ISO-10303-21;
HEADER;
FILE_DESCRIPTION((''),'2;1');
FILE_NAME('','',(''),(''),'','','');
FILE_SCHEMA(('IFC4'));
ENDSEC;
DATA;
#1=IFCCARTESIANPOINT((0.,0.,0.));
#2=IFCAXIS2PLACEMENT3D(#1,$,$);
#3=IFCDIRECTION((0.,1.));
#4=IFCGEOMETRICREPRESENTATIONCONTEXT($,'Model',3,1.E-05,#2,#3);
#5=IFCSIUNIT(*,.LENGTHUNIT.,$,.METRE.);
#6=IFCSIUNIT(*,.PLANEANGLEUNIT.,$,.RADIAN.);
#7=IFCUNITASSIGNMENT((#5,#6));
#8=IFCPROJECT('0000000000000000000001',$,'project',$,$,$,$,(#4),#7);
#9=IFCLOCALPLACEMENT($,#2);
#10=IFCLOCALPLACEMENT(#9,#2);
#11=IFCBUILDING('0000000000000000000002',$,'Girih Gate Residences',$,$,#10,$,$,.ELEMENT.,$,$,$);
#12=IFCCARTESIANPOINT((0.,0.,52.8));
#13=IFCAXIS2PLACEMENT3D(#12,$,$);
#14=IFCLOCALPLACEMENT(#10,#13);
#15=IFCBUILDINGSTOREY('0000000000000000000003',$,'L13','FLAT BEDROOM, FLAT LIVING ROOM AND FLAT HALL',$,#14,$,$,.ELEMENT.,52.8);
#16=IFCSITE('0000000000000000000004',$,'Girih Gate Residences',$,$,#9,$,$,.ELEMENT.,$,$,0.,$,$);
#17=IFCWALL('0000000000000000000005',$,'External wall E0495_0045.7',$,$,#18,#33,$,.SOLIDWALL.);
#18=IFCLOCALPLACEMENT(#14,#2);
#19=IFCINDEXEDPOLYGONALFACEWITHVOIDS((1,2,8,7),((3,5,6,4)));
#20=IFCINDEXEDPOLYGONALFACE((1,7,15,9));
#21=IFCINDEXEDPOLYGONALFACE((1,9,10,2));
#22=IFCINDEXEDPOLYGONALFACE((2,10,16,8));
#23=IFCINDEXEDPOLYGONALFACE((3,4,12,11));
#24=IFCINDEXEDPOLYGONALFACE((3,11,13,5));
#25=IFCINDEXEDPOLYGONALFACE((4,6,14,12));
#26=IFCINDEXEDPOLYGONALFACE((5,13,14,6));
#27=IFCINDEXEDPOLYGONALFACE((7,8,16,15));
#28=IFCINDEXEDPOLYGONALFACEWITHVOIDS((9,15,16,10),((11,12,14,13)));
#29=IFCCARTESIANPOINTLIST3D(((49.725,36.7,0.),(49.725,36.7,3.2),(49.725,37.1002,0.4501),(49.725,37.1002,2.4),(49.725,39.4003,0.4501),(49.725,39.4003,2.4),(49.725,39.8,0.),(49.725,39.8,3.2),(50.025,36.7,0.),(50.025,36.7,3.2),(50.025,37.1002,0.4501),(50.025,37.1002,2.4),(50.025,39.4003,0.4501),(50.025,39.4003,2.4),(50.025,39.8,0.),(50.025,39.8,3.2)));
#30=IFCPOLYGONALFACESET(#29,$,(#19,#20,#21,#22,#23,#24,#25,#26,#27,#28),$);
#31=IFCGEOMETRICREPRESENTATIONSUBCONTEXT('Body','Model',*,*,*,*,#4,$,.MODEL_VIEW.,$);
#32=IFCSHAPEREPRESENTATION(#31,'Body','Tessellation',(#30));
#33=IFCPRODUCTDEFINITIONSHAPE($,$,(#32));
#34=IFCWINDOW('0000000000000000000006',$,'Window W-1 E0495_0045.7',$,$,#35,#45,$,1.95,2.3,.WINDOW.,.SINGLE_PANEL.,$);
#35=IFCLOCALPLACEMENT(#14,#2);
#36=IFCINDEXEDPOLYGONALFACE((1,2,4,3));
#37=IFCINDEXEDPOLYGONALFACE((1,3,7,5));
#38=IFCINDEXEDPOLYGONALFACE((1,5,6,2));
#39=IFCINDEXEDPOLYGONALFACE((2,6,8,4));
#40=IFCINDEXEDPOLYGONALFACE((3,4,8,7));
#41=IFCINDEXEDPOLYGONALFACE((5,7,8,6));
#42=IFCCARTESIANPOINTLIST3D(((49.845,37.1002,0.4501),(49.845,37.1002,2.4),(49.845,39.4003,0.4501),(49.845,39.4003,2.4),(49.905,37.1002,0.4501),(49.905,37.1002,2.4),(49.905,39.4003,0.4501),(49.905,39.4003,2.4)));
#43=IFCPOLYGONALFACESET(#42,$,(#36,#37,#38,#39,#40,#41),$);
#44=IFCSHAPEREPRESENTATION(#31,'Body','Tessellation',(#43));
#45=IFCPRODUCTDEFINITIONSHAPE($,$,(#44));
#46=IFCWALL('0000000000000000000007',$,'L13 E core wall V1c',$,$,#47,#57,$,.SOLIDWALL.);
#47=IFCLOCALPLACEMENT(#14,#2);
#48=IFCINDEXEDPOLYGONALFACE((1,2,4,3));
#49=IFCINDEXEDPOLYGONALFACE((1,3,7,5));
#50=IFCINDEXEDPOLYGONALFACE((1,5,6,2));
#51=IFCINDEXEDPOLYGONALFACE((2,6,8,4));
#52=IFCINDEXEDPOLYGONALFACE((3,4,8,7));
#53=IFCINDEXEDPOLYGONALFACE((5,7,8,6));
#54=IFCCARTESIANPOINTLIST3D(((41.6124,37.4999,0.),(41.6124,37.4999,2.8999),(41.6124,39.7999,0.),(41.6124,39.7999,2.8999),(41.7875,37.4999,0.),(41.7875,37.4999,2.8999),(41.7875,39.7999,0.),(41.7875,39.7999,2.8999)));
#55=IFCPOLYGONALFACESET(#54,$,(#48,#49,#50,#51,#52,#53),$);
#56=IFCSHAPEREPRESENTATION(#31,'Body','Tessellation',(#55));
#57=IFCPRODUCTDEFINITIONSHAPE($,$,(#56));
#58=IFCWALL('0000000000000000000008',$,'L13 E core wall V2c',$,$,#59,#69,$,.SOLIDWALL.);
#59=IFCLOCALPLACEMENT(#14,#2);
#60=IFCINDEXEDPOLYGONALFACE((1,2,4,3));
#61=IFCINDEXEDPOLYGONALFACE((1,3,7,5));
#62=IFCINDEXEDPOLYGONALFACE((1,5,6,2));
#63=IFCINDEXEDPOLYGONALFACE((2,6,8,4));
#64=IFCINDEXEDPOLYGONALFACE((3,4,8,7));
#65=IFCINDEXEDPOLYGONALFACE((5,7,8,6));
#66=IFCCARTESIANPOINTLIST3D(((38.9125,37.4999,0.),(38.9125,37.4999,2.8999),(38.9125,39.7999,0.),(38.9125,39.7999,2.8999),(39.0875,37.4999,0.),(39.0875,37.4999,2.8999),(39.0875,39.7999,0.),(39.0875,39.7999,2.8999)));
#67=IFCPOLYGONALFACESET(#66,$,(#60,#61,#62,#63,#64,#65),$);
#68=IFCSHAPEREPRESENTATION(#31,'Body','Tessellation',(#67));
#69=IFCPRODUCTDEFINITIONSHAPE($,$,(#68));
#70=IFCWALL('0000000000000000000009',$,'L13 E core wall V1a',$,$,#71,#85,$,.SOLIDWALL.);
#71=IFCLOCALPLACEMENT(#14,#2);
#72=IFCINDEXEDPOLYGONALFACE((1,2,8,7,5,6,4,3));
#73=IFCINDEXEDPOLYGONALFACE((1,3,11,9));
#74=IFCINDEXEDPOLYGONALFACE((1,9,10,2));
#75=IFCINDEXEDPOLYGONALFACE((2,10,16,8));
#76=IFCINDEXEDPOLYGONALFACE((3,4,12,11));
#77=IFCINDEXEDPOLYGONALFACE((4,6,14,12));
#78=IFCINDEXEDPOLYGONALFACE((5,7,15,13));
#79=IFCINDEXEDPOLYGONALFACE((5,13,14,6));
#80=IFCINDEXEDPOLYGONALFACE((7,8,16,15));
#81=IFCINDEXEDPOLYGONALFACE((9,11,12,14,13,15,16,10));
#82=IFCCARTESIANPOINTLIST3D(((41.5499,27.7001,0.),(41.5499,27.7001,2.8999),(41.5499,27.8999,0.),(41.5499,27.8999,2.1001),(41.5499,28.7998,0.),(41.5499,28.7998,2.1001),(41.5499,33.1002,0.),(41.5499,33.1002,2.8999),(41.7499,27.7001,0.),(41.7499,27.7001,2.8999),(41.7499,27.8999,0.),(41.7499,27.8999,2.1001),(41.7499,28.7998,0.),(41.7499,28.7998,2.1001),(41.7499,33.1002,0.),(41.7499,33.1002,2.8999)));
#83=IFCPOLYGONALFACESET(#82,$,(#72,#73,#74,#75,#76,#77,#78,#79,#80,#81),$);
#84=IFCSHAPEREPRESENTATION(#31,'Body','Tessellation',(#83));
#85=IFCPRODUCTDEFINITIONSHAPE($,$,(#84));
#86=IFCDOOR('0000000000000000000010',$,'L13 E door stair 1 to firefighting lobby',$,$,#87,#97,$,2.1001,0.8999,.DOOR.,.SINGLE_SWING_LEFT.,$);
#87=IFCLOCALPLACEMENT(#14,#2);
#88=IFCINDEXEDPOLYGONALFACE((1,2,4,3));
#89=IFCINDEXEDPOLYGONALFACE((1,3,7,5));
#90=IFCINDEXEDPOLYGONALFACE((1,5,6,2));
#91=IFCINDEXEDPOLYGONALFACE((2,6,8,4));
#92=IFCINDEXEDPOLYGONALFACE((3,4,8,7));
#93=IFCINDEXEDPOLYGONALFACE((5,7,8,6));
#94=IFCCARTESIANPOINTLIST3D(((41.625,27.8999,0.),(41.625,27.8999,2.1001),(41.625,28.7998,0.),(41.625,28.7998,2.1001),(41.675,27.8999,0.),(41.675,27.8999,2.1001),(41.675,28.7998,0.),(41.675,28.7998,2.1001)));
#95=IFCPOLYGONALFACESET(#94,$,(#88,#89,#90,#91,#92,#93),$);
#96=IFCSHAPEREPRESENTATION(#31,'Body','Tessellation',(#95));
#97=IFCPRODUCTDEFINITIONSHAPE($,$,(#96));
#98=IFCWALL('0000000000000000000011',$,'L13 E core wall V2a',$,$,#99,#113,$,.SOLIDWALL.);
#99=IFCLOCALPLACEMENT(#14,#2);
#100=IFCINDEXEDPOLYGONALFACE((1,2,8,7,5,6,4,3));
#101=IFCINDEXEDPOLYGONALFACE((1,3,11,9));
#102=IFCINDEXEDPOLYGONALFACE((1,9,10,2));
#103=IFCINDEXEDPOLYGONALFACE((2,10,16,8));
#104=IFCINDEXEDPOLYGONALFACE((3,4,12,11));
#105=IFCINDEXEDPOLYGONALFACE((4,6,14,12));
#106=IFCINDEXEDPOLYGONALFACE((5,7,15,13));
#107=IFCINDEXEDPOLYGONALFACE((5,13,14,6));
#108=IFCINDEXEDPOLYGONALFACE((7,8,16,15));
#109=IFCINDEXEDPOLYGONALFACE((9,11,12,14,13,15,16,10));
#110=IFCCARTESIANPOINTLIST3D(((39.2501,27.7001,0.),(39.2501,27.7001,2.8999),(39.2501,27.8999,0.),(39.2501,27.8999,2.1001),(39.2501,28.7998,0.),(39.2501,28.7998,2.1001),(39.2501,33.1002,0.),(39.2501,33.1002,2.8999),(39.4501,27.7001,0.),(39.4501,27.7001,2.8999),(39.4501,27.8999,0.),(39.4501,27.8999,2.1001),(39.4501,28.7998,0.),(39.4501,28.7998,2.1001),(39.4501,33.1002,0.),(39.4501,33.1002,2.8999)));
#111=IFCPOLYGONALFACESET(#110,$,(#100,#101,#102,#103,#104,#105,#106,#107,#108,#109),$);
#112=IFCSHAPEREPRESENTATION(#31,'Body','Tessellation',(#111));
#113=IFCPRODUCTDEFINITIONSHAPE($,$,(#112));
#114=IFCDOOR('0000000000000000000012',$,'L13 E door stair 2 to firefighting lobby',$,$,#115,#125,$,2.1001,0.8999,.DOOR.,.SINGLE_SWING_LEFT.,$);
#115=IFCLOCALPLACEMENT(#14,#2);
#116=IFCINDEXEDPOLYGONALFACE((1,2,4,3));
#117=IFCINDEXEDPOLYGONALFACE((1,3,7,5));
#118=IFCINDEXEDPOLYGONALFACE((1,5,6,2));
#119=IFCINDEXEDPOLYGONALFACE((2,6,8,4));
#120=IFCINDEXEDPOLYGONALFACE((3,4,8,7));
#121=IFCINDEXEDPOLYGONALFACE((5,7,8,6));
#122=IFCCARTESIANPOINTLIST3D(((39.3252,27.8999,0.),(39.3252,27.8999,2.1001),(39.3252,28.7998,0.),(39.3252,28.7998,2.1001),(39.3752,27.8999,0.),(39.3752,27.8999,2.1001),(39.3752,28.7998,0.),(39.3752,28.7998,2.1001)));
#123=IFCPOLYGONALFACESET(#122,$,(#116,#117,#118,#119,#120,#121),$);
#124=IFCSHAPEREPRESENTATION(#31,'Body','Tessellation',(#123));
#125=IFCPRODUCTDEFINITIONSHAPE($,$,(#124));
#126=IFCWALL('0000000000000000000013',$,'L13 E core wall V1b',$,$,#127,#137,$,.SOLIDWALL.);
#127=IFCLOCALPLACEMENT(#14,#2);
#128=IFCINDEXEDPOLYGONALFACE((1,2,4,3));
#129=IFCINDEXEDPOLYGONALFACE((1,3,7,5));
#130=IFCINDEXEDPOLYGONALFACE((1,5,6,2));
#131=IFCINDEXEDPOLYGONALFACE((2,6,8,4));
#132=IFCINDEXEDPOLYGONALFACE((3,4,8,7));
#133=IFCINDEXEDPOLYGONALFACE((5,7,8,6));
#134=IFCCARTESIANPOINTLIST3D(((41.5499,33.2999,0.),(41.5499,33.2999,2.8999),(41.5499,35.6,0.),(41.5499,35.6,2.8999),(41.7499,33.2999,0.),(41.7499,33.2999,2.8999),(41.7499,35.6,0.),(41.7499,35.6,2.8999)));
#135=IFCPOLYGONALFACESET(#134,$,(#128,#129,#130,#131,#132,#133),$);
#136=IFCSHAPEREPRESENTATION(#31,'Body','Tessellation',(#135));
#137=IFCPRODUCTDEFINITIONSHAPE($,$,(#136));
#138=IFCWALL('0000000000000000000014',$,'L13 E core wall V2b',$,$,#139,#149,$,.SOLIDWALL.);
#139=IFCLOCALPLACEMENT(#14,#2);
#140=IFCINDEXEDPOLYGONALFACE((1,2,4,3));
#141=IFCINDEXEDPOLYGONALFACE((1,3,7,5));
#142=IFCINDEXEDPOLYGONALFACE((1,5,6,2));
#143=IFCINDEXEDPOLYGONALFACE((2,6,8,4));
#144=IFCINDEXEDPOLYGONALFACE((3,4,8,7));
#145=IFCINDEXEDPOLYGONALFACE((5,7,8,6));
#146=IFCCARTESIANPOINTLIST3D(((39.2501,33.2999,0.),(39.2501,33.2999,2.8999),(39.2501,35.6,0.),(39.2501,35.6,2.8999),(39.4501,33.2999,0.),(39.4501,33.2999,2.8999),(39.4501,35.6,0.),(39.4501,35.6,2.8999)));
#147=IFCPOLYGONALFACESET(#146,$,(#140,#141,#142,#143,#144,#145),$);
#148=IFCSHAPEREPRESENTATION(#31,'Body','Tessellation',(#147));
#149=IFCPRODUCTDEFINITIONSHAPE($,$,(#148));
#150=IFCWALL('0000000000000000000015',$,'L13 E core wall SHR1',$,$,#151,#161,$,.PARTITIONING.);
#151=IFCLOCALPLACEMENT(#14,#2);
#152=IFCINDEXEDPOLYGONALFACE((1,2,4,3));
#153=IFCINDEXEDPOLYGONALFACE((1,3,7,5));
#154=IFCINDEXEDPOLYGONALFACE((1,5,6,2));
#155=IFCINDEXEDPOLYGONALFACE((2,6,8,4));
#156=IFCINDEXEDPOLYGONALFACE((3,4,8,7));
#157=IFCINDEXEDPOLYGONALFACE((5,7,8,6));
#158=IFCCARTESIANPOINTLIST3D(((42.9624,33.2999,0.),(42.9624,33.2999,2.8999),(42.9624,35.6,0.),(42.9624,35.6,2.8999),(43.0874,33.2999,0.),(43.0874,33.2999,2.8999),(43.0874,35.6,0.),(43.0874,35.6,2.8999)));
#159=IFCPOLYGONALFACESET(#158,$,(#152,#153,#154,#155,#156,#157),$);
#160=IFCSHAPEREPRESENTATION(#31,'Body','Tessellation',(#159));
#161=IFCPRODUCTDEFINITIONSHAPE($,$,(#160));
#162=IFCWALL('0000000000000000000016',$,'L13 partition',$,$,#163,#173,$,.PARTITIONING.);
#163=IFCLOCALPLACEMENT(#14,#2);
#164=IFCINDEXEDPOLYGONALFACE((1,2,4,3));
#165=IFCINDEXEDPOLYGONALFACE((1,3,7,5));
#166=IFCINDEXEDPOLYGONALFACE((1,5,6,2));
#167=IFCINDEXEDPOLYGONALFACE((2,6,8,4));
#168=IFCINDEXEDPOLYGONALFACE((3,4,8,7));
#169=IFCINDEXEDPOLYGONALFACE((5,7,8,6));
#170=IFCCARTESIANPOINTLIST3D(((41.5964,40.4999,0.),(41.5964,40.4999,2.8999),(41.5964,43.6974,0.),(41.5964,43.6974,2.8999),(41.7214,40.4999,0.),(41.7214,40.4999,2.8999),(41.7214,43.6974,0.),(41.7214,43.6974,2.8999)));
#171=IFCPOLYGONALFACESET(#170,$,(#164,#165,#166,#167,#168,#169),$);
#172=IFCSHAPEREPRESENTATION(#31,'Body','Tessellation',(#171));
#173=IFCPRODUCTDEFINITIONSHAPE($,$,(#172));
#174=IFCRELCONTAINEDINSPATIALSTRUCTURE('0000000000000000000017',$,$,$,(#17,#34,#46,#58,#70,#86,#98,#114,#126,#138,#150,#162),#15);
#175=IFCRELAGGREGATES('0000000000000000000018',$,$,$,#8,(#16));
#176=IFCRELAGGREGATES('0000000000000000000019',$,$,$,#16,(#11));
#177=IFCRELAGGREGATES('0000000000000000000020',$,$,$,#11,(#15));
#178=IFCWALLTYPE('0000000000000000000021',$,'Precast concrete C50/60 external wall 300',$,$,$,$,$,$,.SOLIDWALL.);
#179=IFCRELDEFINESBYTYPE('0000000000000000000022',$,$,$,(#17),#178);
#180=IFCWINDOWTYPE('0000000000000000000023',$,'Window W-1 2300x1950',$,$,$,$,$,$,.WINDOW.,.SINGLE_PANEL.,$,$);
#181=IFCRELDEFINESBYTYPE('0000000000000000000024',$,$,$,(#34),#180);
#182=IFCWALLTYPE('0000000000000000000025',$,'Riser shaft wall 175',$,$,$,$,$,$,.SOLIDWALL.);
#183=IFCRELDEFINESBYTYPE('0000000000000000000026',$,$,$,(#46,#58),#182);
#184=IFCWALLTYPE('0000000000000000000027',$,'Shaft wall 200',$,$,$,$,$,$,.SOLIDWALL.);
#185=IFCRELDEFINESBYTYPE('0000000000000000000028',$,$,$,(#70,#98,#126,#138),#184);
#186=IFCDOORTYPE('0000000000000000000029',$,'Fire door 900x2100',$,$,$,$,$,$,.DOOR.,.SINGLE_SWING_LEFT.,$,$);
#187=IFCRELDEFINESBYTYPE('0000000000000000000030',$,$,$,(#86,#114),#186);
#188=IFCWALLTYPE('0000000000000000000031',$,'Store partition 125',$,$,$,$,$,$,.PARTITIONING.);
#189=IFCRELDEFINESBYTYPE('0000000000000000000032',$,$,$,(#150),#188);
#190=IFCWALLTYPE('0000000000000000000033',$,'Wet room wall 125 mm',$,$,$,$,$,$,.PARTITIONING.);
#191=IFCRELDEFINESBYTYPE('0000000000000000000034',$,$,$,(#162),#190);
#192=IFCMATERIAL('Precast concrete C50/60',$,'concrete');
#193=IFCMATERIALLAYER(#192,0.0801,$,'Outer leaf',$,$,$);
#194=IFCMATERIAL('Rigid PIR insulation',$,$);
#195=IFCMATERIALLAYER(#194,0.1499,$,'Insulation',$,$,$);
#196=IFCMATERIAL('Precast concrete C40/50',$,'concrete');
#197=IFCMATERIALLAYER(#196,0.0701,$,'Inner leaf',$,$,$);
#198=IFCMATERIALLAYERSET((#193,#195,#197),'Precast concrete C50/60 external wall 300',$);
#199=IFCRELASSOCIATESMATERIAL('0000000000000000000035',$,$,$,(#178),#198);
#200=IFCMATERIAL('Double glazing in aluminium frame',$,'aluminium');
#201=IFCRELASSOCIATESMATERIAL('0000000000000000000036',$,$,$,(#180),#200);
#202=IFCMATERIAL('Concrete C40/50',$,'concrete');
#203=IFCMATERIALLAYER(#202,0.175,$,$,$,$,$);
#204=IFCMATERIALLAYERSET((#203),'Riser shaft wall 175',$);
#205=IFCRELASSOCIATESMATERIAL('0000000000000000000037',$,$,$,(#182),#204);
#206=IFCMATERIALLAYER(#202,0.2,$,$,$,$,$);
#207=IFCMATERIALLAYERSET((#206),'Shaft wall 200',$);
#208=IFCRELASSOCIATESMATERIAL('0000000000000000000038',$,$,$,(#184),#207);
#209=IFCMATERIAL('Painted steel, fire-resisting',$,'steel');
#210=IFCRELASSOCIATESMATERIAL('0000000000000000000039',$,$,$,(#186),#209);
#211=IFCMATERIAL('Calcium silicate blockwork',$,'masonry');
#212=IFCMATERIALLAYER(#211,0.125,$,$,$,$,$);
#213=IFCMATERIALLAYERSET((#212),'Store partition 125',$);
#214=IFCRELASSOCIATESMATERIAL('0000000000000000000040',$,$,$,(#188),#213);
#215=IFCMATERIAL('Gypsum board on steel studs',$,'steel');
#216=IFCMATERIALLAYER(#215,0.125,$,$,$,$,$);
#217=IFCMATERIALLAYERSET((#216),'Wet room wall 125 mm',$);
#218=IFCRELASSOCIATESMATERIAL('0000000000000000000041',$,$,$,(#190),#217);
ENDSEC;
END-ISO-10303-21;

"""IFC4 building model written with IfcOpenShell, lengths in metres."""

from ifc_helpers import new_model, si_unit, direction, frame, frame_2d, origin, place, context, subcontext, project, spatial, rectangle, extrude, material, layer, layer_set, type_object, element, fill, save


model = new_model("IFC4")

# Units and contexts
model_context = context("Model", 3, precision=1e-05, world=origin(), true_north=direction((0.0, 1.0)))
body_context = subcontext(model_context, "Body", "Model", "MODEL_VIEW")
ifc_project = project(units=[si_unit("LENGTHUNIT", "METRE"), si_unit("PLANEANGLEUNIT", "RADIAN")], contexts=[model_context])

# Site, building, storey
site_placement = place(None, origin())
site = spatial("IfcSite", under=ifc_project, at=site_placement, Name="Girih Gate Residences", CompositionType="ELEMENT", RefElevation=0.0)
building_placement = place(site_placement, origin())
building = spatial("IfcBuilding", under=site, at=building_placement, Name="Girih Gate Residences", CompositionType="ELEMENT")
storey_placement = place(building_placement, frame((0.0, 0.0, 52.8)))
storey = spatial("IfcBuildingStorey", under=building, at=storey_placement, Name="L13", Description="FLAT BEDROOM, FLAT LIVING ROOM AND FLAT HALL", CompositionType="ELEMENT", Elevation=52.8)

# Shared definitions
ifc_material_1 = material(Name="Gypsum board on steel studs", Category="steel")

# Wall, opening, window
ifc_material_2 = material(Name="Precast concrete C50/60", Category="concrete")
ifc_layer_1 = layer(ifc_material_2, 0.0801, Name="Outer leaf")
ifc_material_3 = material(Name="Rigid PIR insulation")
ifc_layer_2 = layer(ifc_material_3, 0.1499, Name="Insulation")
ifc_material_4 = material(Name="Precast concrete C40/50", Category="concrete")
ifc_layer_3 = layer(ifc_material_4, 0.0701, Name="Inner leaf")
ifc_layer_set_1 = layer_set([ifc_layer_1, ifc_layer_2, ifc_layer_3], Name="Precast concrete C50/60 external wall 300")
wall_type_1 = type_object("IfcWallType", Name="Precast concrete C50/60 external wall 300", PredefinedType="SOLIDWALL", material=ifc_layer_set_1)
ifc_material_5 = material(Name="Double glazing in aluminium frame", Category="aluminium")
window_type = type_object("IfcWindowType", Name="Window W-1 2300x1950", PartitioningType="SINGLE_PANEL", PredefinedType="WINDOW", material=ifc_material_5)
wall_1_placement = place(storey_placement, frame((49.875, 39.8, 0.0), z_axis=(0.0, 0.0, 1.0), x_axis=(0.0, -1.0, 0.0)))
wall_1 = element("IfcWall", 1, at=wall_1_placement, inside=storey, type_object=wall_type_1, Name="External wall E0495_0045.7", PredefinedType="SOLIDWALL", context=body_context, shape_type="SweptSolid", body=[
    extrude(rectangle(XDim=3.1001, YDim=0.3, at=frame_2d((1.55, 0.0))), origin(), (0.0, 0.0, 1.0), 3.2),
])
opening_1_placement = place(wall_1_placement, frame((0.3999, 0.0, 0.45)))
opening_1 = element("IfcOpeningElement", 2, at=opening_1_placement, cuts=wall_1, PredefinedType="OPENING", context=body_context, shape_type="SweptSolid", body=[
    extrude(rectangle(XDim=2.3, YDim=1.95, at=frame_2d((1.1499, 0.9751))), frame((0.0, 0.1599, 0.0), z_axis=(0.0, -1.0, 0.0), x_axis=(1.0, 0.0, 0.0)), (0.0, 0.0, 1.0), 0.3201),
])
window_1_placement = place(opening_1_placement, origin())
window_1 = element("IfcWindow", 3, at=window_1_placement, inside=storey, type_object=window_type, Name="Window W-1 E0495_0045.7", OverallHeight=1.95, OverallWidth=2.3, PartitioningType="SINGLE_PANEL", PredefinedType="WINDOW", context=body_context, shape_type="SweptSolid", body=[
    extrude(rectangle(XDim=2.3, YDim=1.95, at=frame_2d((1.1499, 0.9751))), frame((0.0, 0.03, 0.0), z_axis=(0.0, -1.0, 0.0), x_axis=(1.0, 0.0, 0.0)), (0.0, 0.0, 1.0), 0.0601),
])
fill(opening_1, window_1)

# Walls
ifc_material_6 = material(Name="Concrete C40/50", Category="concrete")
ifc_layer_4 = layer(ifc_material_6, 0.175)
ifc_layer_set_2 = layer_set([ifc_layer_4], Name="Riser shaft wall 175")
wall_type_2 = type_object("IfcWallType", Name="Riser shaft wall 175", PredefinedType="SOLIDWALL", material=ifc_layer_set_2)
for number, where, z_axis, x_axis, name in (
    (4, (41.7, 37.5, 0.0), (0.0, 0.0, 1.0), (0.0, 1.0, 0.0), "L13 E core wall V1c"),
    (5, (39.0, 37.5, 0.0), (0.0, 0.0, 1.0), (0.0, 1.0, 0.0), "L13 E core wall V2c"),
):
    element("IfcWall", number, at=place(storey_placement, frame(where, z_axis=z_axis, x_axis=x_axis)), inside=storey, type_object=wall_type_2, Name=name, PredefinedType="SOLIDWALL", context=body_context, shape_type="SweptSolid", body=[
        extrude(rectangle(XDim=2.3, YDim=0.175, at=frame_2d((1.1499, 0.0))), origin(), (0.0, 0.0, 1.0), 2.8999),
    ])

# Walls, openings, doors
ifc_layer_5 = layer(ifc_material_6, 0.2)
ifc_layer_set_3 = layer_set([ifc_layer_5], Name="Shaft wall 200")
wall_type_3 = type_object("IfcWallType", Name="Shaft wall 200", PredefinedType="SOLIDWALL", material=ifc_layer_set_3)
wall_2_placement = place(storey_placement, frame((41.6499, 27.7, 0.0), z_axis=(0.0, 0.0, 1.0), x_axis=(0.0, 1.0, 0.0)))
wall_2 = element("IfcWall", 6, at=wall_2_placement, inside=storey, type_object=wall_type_3, Name="L13 E core wall V1a", PredefinedType="SOLIDWALL", context=body_context, shape_type="SweptSolid", body=[
    extrude(rectangle(XDim=5.4001, YDim=0.2, at=frame_2d((2.7002, 0.0))), origin(), (0.0, 0.0, 1.0), 2.8999),
])
opening_2_placement = place(wall_2_placement, frame((0.2, 0.0, 0.0)))
opening_2 = element("IfcOpeningElement", 7, at=opening_2_placement, cuts=wall_2, PredefinedType="OPENING", context=body_context, shape_type="SweptSolid", body=[
    extrude(rectangle(XDim=0.8999, YDim=2.1001, at=frame_2d((0.45, 1.05))), frame((0.0, 0.1099, 0.0), z_axis=(0.0, -1.0, 0.0), x_axis=(1.0, 0.0, 0.0)), (0.0, 0.0, 1.0), 0.22),
])
ifc_material_7 = material(Name="Painted steel, fire-resisting", Category="steel")
door_type = type_object("IfcDoorType", Name="Fire door 900x2100", OperationType="SINGLE_SWING_LEFT", PredefinedType="DOOR", material=ifc_material_7)
door_1_placement = place(opening_2_placement, origin())
door_1 = element("IfcDoor", 8, at=door_1_placement, inside=storey, type_object=door_type, Name="L13 E door stair 1 to firefighting lobby", OperationType="SINGLE_SWING_LEFT", OverallHeight=2.1001, OverallWidth=0.8999, PredefinedType="DOOR", context=body_context, shape_type="SweptSolid", body=[
    extrude(rectangle(XDim=0.8999, YDim=2.1001, at=frame_2d((0.45, 1.05))), frame((0.0, 0.0249, 0.0), z_axis=(0.0, -1.0, 0.0), x_axis=(1.0, 0.0, 0.0)), (0.0, 0.0, 1.0), 0.05),
])
fill(opening_2, door_1)
wall_3_placement = place(storey_placement, frame((39.3501, 27.7, 0.0), z_axis=(0.0, 0.0, 1.0), x_axis=(0.0, 1.0, 0.0)))
wall_3 = element("IfcWall", 9, at=wall_3_placement, inside=storey, type_object=wall_type_3, Name="L13 E core wall V2a", PredefinedType="SOLIDWALL", context=body_context, shape_type="SweptSolid", body=[
    extrude(rectangle(XDim=5.4001, YDim=0.2, at=frame_2d((2.7002, 0.0))), origin(), (0.0, 0.0, 1.0), 2.8999),
])
opening_3_placement = place(wall_3_placement, frame((0.2, 0.0, 0.0)))
opening_3 = element("IfcOpeningElement", 10, at=opening_3_placement, cuts=wall_3, PredefinedType="OPENING", context=body_context, shape_type="SweptSolid", body=[
    extrude(rectangle(XDim=0.8999, YDim=2.1001, at=frame_2d((0.45, 1.05))), frame((0.0, 0.1099, 0.0), z_axis=(0.0, -1.0, 0.0), x_axis=(1.0, 0.0, 0.0)), (0.0, 0.0, 1.0), 0.22),
])
door_2_placement = place(opening_3_placement, origin())
door_2 = element("IfcDoor", 11, at=door_2_placement, inside=storey, type_object=door_type, Name="L13 E door stair 2 to firefighting lobby", OperationType="SINGLE_SWING_LEFT", OverallHeight=2.1001, OverallWidth=0.8999, PredefinedType="DOOR", context=body_context, shape_type="SweptSolid", body=[
    extrude(rectangle(XDim=0.8999, YDim=2.1001, at=frame_2d((0.45, 1.05))), frame((0.0, 0.0249, 0.0), z_axis=(0.0, -1.0, 0.0), x_axis=(1.0, 0.0, 0.0)), (0.0, 0.0, 1.0), 0.05),
])
fill(opening_3, door_2)

# Walls
for number, where, z_axis, x_axis, name in (
    (12, (41.6499, 33.3, 0.0), (0.0, 0.0, 1.0), (0.0, 1.0, 0.0), "L13 E core wall V1b"),
    (13, (39.3501, 33.3, 0.0), (0.0, 0.0, 1.0), (0.0, 1.0, 0.0), "L13 E core wall V2b"),
):
    element("IfcWall", number, at=place(storey_placement, frame(where, z_axis=z_axis, x_axis=x_axis)), inside=storey, type_object=wall_type_3, Name=name, PredefinedType="SOLIDWALL", context=body_context, shape_type="SweptSolid", body=[
        extrude(rectangle(XDim=2.3, YDim=0.2, at=frame_2d((1.1499, 0.0))), origin(), (0.0, 0.0, 1.0), 2.8999),
    ])
ifc_material_8 = material(Name="Calcium silicate blockwork", Category="masonry")
ifc_layer_6 = layer(ifc_material_8, 0.125)
ifc_layer_set_4 = layer_set([ifc_layer_6], Name="Store partition 125")
wall_type_4 = type_object("IfcWallType", Name="Store partition 125", PredefinedType="PARTITIONING", material=ifc_layer_set_4)
wall_4_placement = place(storey_placement, frame((43.0249, 33.3, 0.0), z_axis=(0.0, 0.0, 1.0), x_axis=(0.0, 1.0, 0.0)))
element("IfcWall", 14, at=wall_4_placement, inside=storey, type_object=wall_type_4, Name="L13 E core wall SHR1", PredefinedType="PARTITIONING", context=body_context, shape_type="SweptSolid", body=[
    extrude(rectangle(XDim=2.3, YDim=0.125, at=frame_2d((1.1499, 0.0))), origin(), (0.0, 0.0, 1.0), 2.8999),
])
ifc_layer_7 = layer(ifc_material_1, 0.125)
ifc_layer_set_5 = layer_set([ifc_layer_7], Name="Wet room wall 125 mm")
wall_type_5 = type_object("IfcWallType", Name="Wet room wall 125 mm", PredefinedType="PARTITIONING", material=ifc_layer_set_5)
wall_5_placement = place(storey_placement, frame((41.6589, 40.5, 0.0), z_axis=(0.0, 0.0, 1.0), x_axis=(0.0, 1.0, 0.0)))
element("IfcWall", 15, at=wall_5_placement, inside=storey, type_object=wall_type_5, Name="L13 partition", PredefinedType="PARTITIONING", context=body_context, shape_type="SweptSolid", body=[
    extrude(rectangle(XDim=3.1975, YDim=0.125, at=frame_2d((1.5986, 0.0))), origin(), (0.0, 0.0, 1.0), 2.8999),
])

save(model, "model.ifc")
